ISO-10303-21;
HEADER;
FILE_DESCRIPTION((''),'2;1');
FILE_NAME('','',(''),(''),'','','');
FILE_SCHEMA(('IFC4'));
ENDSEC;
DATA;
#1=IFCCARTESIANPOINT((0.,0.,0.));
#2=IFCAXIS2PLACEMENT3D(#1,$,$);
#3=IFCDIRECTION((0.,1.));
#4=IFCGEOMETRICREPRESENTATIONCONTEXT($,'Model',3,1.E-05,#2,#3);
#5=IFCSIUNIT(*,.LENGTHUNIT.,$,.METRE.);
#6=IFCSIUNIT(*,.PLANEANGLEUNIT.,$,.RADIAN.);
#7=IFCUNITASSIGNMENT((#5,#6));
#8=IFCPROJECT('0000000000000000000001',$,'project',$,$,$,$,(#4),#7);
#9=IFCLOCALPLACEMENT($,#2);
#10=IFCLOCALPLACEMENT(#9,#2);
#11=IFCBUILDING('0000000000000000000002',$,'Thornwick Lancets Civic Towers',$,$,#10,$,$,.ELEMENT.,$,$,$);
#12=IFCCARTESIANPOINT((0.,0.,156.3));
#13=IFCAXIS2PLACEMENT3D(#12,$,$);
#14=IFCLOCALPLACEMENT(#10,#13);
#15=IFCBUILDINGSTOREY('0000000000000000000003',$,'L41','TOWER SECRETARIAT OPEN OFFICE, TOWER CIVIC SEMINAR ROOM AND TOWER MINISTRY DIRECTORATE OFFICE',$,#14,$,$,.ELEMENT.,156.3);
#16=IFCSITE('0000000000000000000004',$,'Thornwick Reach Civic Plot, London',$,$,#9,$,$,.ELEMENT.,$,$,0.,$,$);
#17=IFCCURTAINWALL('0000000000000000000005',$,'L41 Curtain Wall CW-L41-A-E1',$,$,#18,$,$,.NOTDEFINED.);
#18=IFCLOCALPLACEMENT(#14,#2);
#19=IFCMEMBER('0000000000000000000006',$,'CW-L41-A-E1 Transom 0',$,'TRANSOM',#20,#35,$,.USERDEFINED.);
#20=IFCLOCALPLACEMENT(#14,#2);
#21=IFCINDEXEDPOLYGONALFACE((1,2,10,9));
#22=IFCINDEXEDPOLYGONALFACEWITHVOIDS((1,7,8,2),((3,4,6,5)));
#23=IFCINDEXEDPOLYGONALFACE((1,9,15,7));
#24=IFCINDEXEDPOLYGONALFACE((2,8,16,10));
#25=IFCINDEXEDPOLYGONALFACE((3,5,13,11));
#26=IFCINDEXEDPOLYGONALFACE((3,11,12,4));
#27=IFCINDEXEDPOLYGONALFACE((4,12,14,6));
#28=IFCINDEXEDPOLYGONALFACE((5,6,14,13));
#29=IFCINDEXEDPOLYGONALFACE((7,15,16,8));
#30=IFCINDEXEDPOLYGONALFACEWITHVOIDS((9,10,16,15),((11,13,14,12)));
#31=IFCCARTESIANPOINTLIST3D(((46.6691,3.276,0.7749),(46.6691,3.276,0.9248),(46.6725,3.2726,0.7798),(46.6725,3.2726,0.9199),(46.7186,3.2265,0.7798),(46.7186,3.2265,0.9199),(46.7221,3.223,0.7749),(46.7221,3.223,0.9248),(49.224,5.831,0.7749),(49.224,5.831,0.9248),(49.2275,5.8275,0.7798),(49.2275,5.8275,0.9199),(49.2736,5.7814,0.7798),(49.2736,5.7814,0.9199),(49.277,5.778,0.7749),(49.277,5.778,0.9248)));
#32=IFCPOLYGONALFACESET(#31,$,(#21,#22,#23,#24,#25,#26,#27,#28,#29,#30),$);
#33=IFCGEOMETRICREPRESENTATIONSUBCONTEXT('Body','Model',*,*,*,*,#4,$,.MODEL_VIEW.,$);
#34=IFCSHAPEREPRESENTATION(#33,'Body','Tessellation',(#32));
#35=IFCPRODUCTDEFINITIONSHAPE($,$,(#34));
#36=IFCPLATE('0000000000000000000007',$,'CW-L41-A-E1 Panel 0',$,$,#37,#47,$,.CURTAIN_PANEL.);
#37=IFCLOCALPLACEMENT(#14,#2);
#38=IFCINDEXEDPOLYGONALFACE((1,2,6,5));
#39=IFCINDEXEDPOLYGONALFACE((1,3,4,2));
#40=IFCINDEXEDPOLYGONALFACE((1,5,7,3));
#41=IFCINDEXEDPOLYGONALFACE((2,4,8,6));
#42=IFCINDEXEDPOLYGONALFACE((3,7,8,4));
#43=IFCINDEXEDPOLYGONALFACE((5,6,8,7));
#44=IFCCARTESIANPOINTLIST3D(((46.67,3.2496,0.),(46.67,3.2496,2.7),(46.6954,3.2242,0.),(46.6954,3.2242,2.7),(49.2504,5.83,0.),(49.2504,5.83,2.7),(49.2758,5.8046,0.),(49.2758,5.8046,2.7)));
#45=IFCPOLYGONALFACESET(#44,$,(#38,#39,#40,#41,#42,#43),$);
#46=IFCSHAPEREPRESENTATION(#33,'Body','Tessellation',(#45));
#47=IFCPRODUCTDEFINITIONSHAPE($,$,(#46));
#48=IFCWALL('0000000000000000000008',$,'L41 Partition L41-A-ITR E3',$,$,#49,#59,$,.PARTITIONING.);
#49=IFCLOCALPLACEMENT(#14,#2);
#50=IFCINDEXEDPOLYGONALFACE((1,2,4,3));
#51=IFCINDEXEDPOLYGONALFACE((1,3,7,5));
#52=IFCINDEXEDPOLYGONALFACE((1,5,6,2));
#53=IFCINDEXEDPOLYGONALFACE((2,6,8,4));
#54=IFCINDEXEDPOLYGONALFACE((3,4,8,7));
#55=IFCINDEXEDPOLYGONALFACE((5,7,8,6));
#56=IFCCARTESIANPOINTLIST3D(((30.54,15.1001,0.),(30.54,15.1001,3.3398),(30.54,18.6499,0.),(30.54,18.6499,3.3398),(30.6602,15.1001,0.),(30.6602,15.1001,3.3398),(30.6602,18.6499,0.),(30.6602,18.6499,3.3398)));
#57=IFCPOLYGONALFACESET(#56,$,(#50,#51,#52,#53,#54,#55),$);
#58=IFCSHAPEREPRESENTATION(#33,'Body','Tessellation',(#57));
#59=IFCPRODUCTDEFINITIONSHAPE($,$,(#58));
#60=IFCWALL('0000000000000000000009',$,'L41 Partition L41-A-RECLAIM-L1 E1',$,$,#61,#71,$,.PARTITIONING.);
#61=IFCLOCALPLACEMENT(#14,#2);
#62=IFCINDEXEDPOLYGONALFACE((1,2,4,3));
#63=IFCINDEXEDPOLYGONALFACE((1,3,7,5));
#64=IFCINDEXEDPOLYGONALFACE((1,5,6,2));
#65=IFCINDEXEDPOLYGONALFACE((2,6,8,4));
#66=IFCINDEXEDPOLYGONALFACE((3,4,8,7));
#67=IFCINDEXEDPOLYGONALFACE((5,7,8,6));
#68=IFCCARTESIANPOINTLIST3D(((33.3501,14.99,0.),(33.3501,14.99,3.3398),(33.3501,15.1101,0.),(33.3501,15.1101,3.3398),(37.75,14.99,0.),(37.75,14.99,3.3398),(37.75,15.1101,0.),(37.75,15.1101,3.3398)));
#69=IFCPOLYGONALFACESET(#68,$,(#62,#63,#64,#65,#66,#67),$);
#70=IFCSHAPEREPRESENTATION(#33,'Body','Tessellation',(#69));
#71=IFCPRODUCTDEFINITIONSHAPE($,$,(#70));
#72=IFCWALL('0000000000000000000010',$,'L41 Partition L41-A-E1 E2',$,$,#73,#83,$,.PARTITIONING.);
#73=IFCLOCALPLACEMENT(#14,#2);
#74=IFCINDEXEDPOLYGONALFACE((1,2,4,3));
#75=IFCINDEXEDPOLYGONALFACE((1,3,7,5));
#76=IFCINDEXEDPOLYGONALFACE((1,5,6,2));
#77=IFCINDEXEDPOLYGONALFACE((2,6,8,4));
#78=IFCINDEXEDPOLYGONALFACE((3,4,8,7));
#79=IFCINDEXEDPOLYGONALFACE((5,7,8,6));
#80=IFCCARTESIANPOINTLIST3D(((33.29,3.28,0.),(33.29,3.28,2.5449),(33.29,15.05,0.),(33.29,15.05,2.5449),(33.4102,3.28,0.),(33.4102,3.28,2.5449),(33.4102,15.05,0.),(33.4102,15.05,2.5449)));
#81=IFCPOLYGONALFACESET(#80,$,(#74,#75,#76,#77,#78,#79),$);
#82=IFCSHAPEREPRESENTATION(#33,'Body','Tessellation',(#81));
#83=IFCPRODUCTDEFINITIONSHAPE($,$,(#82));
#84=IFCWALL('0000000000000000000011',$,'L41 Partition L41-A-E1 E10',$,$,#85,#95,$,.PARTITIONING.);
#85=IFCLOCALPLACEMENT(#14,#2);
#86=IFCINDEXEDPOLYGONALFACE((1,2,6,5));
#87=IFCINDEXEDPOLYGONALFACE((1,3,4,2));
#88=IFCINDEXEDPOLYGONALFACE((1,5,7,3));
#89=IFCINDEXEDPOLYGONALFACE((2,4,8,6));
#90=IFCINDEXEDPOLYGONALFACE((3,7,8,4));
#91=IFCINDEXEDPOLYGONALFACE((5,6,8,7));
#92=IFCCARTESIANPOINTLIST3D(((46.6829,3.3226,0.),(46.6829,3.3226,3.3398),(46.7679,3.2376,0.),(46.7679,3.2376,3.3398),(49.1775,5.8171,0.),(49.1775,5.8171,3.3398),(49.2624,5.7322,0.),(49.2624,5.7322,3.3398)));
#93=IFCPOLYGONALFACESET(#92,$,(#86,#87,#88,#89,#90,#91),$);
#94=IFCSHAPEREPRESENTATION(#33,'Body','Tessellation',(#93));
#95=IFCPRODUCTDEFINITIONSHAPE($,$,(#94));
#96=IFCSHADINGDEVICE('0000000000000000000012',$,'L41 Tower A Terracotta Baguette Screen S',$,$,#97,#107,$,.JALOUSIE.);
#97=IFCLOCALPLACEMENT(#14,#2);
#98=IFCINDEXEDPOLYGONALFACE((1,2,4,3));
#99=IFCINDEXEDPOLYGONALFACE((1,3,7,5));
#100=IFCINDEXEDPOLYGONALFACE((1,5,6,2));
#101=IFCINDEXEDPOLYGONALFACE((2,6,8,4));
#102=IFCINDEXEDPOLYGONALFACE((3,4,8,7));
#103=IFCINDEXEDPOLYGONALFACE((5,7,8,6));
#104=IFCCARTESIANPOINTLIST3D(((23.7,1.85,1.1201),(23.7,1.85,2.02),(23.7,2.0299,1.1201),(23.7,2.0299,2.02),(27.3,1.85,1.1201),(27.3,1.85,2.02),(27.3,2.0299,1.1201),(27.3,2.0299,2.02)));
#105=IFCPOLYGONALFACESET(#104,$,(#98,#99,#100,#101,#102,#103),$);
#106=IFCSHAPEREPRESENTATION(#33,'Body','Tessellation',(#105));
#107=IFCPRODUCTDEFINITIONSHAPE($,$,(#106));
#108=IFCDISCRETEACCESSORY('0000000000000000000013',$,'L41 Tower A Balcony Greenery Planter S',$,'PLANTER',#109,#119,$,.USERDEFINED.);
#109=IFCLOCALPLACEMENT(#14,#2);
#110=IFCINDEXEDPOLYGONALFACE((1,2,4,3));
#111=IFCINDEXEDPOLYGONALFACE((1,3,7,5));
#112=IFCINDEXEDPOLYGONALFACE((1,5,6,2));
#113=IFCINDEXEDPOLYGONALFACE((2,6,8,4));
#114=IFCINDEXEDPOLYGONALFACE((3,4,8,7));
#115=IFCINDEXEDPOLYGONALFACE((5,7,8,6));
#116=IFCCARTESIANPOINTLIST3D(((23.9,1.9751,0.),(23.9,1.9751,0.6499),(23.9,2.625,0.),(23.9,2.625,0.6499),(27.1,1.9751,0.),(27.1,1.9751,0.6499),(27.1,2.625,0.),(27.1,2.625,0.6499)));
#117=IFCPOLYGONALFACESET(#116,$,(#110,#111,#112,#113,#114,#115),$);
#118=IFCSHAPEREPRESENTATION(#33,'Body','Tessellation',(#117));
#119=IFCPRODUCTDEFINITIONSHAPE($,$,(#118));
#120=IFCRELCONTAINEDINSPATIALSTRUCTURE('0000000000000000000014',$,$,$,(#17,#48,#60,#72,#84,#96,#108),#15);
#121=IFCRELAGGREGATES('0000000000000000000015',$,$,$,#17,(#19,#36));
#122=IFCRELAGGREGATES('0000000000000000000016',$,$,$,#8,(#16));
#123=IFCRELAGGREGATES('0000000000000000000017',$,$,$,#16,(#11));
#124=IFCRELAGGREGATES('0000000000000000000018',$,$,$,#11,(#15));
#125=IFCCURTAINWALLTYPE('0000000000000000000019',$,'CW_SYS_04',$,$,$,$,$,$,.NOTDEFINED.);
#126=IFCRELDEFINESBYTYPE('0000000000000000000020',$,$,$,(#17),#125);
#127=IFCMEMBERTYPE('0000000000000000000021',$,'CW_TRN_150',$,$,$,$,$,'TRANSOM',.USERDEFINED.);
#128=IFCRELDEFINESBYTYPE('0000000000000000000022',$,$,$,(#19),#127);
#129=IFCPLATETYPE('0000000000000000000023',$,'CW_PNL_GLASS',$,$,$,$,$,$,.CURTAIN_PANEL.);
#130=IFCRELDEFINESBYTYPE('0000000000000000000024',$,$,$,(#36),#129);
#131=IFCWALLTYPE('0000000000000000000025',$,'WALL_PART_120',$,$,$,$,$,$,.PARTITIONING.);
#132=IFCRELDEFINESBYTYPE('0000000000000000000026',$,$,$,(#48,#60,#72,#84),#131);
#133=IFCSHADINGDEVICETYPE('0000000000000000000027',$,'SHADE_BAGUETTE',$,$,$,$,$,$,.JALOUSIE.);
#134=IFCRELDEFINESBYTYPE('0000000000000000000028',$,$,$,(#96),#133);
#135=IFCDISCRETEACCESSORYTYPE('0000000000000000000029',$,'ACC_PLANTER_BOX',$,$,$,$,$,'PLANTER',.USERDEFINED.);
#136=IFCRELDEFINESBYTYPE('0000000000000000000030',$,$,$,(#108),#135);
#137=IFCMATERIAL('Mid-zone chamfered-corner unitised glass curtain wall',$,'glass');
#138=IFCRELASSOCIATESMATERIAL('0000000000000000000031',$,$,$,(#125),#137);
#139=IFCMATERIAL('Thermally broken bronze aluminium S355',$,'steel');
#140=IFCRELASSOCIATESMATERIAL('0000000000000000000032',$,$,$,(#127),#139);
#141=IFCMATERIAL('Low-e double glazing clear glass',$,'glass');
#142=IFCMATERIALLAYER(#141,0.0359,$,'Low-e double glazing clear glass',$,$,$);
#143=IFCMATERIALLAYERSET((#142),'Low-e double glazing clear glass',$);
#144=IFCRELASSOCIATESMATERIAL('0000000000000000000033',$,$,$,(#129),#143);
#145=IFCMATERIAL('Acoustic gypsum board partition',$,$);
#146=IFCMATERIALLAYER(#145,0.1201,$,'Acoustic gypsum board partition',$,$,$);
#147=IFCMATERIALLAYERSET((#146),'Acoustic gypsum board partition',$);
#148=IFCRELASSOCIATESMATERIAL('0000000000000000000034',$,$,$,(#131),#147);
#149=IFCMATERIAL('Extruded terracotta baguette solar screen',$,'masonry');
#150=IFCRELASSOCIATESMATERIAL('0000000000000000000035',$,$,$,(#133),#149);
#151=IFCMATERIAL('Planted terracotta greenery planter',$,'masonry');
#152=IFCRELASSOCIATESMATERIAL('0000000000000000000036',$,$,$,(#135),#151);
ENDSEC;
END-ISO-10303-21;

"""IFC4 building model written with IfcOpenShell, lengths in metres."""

from ifc_helpers import new_model, si_unit, direction, frame, frame_2d, origin, origin_2d, place, context, subcontext, project, spatial, rectangle, hollow_rectangle, extrude, material, layer, layer_set, material_profile, profile_set, type_object, element, aggregate, save


model = new_model("IFC4")

# Units and contexts
model_context = context("Model", 3, precision=1e-05, world=origin(), true_north=direction((0.0, 1.0)))
body_context = subcontext(model_context, "Body", "Model", "MODEL_VIEW")
ifc_project = project(units=[si_unit("LENGTHUNIT", "METRE"), si_unit("PLANEANGLEUNIT", "RADIAN")], contexts=[model_context])

# Site, building, storey
site_placement = place(None, origin())
site = spatial("IfcSite", under=ifc_project, at=site_placement, Name="Thornwick Reach Civic Plot, London", CompositionType="ELEMENT", RefElevation=0.0)
building_placement = place(site_placement, origin())
building = spatial("IfcBuilding", under=site, at=building_placement, Name="Thornwick Lancets Civic Towers", CompositionType="ELEMENT")
storey_placement = place(building_placement, frame((0.0, 0.0, 156.3)))
storey = spatial("IfcBuildingStorey", under=building, at=storey_placement, Name="L41", Description="TOWER SECRETARIAT OPEN OFFICE, TOWER CIVIC SEMINAR ROOM AND TOWER MINISTRY DIRECTORATE OFFICE", CompositionType="ELEMENT", Elevation=156.3)

# Curtain wall, member, plate
ifc_material_1 = material(Name="Mid-zone chamfered-corner unitised glass curtain wall", Category="glass")
curtain_wall_type = type_object("IfcCurtainWallType", Name="CW_SYS_04", PredefinedType="NOTDEFINED", material=ifc_material_1)
curtain_wall_placement = place(storey_placement, origin())
curtain_wall = element("IfcCurtainWall", 1, at=curtain_wall_placement, inside=storey, type_object=curtain_wall_type, Name="L41 Curtain Wall CW-L41-A-E1", PredefinedType="NOTDEFINED")
ifc_material_2 = material(Name="Thermally broken bronze aluminium S355", Category="steel")
ifc_material_profile_1 = material_profile(ifc_material_2, hollow_rectangle(XDim=0.075, YDim=0.1499, WallThickness=0.0049, at=origin_2d()), Name="RHS 150x75x5")
ifc_profile_set_1 = profile_set([ifc_material_profile_1], Name="Thermally broken bronze aluminium S355")
member_type_1 = type_object("IfcMemberType", Name="CW_TRN_150", ElementType="TRANSOM", PredefinedType="USERDEFINED", material=ifc_profile_set_1)
member_1_placement = place(storey_placement, frame((46.6956, 3.2495, 0.8499), z_axis=(0.707107, 0.707107, 0.0), x_axis=(-0.707107, 0.707107, 0.0)))
member_1 = element("IfcMember", 2, at=member_1_placement, type_object=member_type_1, Name="CW-L41-A-E1 Transom 0", ObjectType="TRANSOM", PredefinedType="USERDEFINED", context=body_context, shape_type="SweptSolid", body=[
    extrude(hollow_rectangle(XDim=0.075, YDim=0.1499, WallThickness=0.0049, at=origin_2d()), origin(), (0.0, 0.0, 1.0), 3.6133),
])
ifc_material_3 = material(Name="Low-e double glazing clear glass", Category="glass")
ifc_layer_1 = layer(ifc_material_3, 0.0359, Name="Low-e double glazing clear glass")
ifc_layer_set_1 = layer_set([ifc_layer_1], Name="Low-e double glazing clear glass")
plate_type = type_object("IfcPlateType", Name="CW_PNL_GLASS", PredefinedType="CURTAIN_PANEL", material=ifc_layer_set_1)
plate_placement = place(storey_placement, frame((47.9729, 4.5271, 0.0), z_axis=(0.0, 0.0, 1.0), x_axis=(0.707107, 0.707107, 0.0)))
plate = element("IfcPlate", 3, at=plate_placement, type_object=plate_type, Name="CW-L41-A-E1 Panel 0", PredefinedType="CURTAIN_PANEL", context=body_context, shape_type="SweptSolid", body=[
    extrude(rectangle(XDim=3.6492, YDim=0.0359, at=origin_2d()), origin(), (0.0, 0.0, 1.0), 2.7),
])
aggregate(curtain_wall, [member_1, plate])

# Walls
ifc_material_4 = material(Name="Acoustic gypsum board partition")
ifc_layer_2 = layer(ifc_material_4, 0.1201, Name="Acoustic gypsum board partition")
ifc_layer_set_2 = layer_set([ifc_layer_2], Name="Acoustic gypsum board partition")
wall_type = type_object("IfcWallType", Name="WALL_PART_120", PredefinedType="PARTITIONING", material=ifc_layer_set_2)
wall_1_placement = place(storey_placement, frame((30.6001, 15.1001, 0.0), z_axis=(0.0, 0.0, 1.0), x_axis=(0.0, 1.0, 0.0)))
element("IfcWall", 4, at=wall_1_placement, inside=storey, type_object=wall_type, Name="L41 Partition L41-A-ITR E3", PredefinedType="PARTITIONING", context=body_context, shape_type="SweptSolid", body=[
    extrude(rectangle(XDim=3.5498, YDim=0.1201, at=frame_2d((1.7749, 0.0))), origin(), (0.0, 0.0, 1.0), 3.3398),
])
wall_2_placement = place(storey_placement, frame((37.75, 15.05, 0.0), z_axis=(0.0, 0.0, 1.0), x_axis=(-1.0, 0.0, 0.0)))
element("IfcWall", 5, at=wall_2_placement, inside=storey, type_object=wall_type, Name="L41 Partition L41-A-RECLAIM-L1 E1", PredefinedType="PARTITIONING", context=body_context, shape_type="SweptSolid", body=[
    extrude(rectangle(XDim=4.3999, YDim=0.1201, at=frame_2d((2.2, 0.0))), origin(), (0.0, 0.0, 1.0), 3.3398),
])
wall_3_placement = place(storey_placement, frame((33.3501, 3.28, 0.0), z_axis=(0.0, 0.0, 1.0), x_axis=(0.0, 1.0, 0.0)))
element("IfcWall", 6, at=wall_3_placement, inside=storey, type_object=wall_type, Name="L41 Partition L41-A-E1 E2", PredefinedType="PARTITIONING", context=body_context, shape_type="SweptSolid", body=[
    extrude(rectangle(XDim=11.77, YDim=0.1201, at=frame_2d((5.885, 0.0))), origin(), (0.0, 0.0, 1.0), 2.5449),
])
wall_4_placement = place(storey_placement, frame((49.22, 5.7747, 0.0), z_axis=(0.0, 0.0, 1.0), x_axis=(-0.707107, -0.707107, 0.0)))
element("IfcWall", 7, at=wall_4_placement, inside=storey, type_object=wall_type, Name="L41 Partition L41-A-E1 E10", PredefinedType="PARTITIONING", context=body_context, shape_type="SweptSolid", body=[
    extrude(rectangle(XDim=3.5278, YDim=0.1201, at=frame_2d((1.7639, 0.0))), origin(), (0.0, 0.0, 1.0), 3.3398),
])

# Shading device
ifc_material_5 = material(Name="Extruded terracotta baguette solar screen", Category="masonry")
shading_device_type = type_object("IfcShadingDeviceType", Name="SHADE_BAGUETTE", PredefinedType="JALOUSIE", material=ifc_material_5)
shading_device_placement = place(storey_placement, frame((25.5, 1.9399, 1.1201), z_axis=(0.0, 0.0, 1.0), x_axis=(1.0, 0.0, 0.0)))
element("IfcShadingDevice", 8, at=shading_device_placement, inside=storey, type_object=shading_device_type, Name="L41 Tower A Terracotta Baguette Screen S", PredefinedType="JALOUSIE", context=body_context, shape_type="SweptSolid", body=[
    extrude(rectangle(XDim=3.6001, YDim=0.1799, at=origin_2d()), origin(), (0.0, 0.0, 1.0), 0.8999),
])

# Discrete accessory
ifc_material_6 = material(Name="Planted terracotta greenery planter", Category="masonry")
discrete_accessory_type = type_object("IfcDiscreteAccessoryType", Name="ACC_PLANTER_BOX", ElementType="PLANTER", PredefinedType="USERDEFINED", material=ifc_material_6)
discrete_accessory_placement = place(storey_placement, frame((25.5, 2.3, 0.0), z_axis=(0.0, 0.0, 1.0), x_axis=(1.0, 0.0, 0.0)))
element("IfcDiscreteAccessory", 9, at=discrete_accessory_placement, inside=storey, type_object=discrete_accessory_type, Name="L41 Tower A Balcony Greenery Planter S", ObjectType="PLANTER", PredefinedType="USERDEFINED", context=body_context, shape_type="SweptSolid", body=[
    extrude(rectangle(XDim=3.2, YDim=0.6499, at=origin_2d()), origin(), (0.0, 0.0, 1.0), 0.6499),
])

save(model, "model.ifc")
